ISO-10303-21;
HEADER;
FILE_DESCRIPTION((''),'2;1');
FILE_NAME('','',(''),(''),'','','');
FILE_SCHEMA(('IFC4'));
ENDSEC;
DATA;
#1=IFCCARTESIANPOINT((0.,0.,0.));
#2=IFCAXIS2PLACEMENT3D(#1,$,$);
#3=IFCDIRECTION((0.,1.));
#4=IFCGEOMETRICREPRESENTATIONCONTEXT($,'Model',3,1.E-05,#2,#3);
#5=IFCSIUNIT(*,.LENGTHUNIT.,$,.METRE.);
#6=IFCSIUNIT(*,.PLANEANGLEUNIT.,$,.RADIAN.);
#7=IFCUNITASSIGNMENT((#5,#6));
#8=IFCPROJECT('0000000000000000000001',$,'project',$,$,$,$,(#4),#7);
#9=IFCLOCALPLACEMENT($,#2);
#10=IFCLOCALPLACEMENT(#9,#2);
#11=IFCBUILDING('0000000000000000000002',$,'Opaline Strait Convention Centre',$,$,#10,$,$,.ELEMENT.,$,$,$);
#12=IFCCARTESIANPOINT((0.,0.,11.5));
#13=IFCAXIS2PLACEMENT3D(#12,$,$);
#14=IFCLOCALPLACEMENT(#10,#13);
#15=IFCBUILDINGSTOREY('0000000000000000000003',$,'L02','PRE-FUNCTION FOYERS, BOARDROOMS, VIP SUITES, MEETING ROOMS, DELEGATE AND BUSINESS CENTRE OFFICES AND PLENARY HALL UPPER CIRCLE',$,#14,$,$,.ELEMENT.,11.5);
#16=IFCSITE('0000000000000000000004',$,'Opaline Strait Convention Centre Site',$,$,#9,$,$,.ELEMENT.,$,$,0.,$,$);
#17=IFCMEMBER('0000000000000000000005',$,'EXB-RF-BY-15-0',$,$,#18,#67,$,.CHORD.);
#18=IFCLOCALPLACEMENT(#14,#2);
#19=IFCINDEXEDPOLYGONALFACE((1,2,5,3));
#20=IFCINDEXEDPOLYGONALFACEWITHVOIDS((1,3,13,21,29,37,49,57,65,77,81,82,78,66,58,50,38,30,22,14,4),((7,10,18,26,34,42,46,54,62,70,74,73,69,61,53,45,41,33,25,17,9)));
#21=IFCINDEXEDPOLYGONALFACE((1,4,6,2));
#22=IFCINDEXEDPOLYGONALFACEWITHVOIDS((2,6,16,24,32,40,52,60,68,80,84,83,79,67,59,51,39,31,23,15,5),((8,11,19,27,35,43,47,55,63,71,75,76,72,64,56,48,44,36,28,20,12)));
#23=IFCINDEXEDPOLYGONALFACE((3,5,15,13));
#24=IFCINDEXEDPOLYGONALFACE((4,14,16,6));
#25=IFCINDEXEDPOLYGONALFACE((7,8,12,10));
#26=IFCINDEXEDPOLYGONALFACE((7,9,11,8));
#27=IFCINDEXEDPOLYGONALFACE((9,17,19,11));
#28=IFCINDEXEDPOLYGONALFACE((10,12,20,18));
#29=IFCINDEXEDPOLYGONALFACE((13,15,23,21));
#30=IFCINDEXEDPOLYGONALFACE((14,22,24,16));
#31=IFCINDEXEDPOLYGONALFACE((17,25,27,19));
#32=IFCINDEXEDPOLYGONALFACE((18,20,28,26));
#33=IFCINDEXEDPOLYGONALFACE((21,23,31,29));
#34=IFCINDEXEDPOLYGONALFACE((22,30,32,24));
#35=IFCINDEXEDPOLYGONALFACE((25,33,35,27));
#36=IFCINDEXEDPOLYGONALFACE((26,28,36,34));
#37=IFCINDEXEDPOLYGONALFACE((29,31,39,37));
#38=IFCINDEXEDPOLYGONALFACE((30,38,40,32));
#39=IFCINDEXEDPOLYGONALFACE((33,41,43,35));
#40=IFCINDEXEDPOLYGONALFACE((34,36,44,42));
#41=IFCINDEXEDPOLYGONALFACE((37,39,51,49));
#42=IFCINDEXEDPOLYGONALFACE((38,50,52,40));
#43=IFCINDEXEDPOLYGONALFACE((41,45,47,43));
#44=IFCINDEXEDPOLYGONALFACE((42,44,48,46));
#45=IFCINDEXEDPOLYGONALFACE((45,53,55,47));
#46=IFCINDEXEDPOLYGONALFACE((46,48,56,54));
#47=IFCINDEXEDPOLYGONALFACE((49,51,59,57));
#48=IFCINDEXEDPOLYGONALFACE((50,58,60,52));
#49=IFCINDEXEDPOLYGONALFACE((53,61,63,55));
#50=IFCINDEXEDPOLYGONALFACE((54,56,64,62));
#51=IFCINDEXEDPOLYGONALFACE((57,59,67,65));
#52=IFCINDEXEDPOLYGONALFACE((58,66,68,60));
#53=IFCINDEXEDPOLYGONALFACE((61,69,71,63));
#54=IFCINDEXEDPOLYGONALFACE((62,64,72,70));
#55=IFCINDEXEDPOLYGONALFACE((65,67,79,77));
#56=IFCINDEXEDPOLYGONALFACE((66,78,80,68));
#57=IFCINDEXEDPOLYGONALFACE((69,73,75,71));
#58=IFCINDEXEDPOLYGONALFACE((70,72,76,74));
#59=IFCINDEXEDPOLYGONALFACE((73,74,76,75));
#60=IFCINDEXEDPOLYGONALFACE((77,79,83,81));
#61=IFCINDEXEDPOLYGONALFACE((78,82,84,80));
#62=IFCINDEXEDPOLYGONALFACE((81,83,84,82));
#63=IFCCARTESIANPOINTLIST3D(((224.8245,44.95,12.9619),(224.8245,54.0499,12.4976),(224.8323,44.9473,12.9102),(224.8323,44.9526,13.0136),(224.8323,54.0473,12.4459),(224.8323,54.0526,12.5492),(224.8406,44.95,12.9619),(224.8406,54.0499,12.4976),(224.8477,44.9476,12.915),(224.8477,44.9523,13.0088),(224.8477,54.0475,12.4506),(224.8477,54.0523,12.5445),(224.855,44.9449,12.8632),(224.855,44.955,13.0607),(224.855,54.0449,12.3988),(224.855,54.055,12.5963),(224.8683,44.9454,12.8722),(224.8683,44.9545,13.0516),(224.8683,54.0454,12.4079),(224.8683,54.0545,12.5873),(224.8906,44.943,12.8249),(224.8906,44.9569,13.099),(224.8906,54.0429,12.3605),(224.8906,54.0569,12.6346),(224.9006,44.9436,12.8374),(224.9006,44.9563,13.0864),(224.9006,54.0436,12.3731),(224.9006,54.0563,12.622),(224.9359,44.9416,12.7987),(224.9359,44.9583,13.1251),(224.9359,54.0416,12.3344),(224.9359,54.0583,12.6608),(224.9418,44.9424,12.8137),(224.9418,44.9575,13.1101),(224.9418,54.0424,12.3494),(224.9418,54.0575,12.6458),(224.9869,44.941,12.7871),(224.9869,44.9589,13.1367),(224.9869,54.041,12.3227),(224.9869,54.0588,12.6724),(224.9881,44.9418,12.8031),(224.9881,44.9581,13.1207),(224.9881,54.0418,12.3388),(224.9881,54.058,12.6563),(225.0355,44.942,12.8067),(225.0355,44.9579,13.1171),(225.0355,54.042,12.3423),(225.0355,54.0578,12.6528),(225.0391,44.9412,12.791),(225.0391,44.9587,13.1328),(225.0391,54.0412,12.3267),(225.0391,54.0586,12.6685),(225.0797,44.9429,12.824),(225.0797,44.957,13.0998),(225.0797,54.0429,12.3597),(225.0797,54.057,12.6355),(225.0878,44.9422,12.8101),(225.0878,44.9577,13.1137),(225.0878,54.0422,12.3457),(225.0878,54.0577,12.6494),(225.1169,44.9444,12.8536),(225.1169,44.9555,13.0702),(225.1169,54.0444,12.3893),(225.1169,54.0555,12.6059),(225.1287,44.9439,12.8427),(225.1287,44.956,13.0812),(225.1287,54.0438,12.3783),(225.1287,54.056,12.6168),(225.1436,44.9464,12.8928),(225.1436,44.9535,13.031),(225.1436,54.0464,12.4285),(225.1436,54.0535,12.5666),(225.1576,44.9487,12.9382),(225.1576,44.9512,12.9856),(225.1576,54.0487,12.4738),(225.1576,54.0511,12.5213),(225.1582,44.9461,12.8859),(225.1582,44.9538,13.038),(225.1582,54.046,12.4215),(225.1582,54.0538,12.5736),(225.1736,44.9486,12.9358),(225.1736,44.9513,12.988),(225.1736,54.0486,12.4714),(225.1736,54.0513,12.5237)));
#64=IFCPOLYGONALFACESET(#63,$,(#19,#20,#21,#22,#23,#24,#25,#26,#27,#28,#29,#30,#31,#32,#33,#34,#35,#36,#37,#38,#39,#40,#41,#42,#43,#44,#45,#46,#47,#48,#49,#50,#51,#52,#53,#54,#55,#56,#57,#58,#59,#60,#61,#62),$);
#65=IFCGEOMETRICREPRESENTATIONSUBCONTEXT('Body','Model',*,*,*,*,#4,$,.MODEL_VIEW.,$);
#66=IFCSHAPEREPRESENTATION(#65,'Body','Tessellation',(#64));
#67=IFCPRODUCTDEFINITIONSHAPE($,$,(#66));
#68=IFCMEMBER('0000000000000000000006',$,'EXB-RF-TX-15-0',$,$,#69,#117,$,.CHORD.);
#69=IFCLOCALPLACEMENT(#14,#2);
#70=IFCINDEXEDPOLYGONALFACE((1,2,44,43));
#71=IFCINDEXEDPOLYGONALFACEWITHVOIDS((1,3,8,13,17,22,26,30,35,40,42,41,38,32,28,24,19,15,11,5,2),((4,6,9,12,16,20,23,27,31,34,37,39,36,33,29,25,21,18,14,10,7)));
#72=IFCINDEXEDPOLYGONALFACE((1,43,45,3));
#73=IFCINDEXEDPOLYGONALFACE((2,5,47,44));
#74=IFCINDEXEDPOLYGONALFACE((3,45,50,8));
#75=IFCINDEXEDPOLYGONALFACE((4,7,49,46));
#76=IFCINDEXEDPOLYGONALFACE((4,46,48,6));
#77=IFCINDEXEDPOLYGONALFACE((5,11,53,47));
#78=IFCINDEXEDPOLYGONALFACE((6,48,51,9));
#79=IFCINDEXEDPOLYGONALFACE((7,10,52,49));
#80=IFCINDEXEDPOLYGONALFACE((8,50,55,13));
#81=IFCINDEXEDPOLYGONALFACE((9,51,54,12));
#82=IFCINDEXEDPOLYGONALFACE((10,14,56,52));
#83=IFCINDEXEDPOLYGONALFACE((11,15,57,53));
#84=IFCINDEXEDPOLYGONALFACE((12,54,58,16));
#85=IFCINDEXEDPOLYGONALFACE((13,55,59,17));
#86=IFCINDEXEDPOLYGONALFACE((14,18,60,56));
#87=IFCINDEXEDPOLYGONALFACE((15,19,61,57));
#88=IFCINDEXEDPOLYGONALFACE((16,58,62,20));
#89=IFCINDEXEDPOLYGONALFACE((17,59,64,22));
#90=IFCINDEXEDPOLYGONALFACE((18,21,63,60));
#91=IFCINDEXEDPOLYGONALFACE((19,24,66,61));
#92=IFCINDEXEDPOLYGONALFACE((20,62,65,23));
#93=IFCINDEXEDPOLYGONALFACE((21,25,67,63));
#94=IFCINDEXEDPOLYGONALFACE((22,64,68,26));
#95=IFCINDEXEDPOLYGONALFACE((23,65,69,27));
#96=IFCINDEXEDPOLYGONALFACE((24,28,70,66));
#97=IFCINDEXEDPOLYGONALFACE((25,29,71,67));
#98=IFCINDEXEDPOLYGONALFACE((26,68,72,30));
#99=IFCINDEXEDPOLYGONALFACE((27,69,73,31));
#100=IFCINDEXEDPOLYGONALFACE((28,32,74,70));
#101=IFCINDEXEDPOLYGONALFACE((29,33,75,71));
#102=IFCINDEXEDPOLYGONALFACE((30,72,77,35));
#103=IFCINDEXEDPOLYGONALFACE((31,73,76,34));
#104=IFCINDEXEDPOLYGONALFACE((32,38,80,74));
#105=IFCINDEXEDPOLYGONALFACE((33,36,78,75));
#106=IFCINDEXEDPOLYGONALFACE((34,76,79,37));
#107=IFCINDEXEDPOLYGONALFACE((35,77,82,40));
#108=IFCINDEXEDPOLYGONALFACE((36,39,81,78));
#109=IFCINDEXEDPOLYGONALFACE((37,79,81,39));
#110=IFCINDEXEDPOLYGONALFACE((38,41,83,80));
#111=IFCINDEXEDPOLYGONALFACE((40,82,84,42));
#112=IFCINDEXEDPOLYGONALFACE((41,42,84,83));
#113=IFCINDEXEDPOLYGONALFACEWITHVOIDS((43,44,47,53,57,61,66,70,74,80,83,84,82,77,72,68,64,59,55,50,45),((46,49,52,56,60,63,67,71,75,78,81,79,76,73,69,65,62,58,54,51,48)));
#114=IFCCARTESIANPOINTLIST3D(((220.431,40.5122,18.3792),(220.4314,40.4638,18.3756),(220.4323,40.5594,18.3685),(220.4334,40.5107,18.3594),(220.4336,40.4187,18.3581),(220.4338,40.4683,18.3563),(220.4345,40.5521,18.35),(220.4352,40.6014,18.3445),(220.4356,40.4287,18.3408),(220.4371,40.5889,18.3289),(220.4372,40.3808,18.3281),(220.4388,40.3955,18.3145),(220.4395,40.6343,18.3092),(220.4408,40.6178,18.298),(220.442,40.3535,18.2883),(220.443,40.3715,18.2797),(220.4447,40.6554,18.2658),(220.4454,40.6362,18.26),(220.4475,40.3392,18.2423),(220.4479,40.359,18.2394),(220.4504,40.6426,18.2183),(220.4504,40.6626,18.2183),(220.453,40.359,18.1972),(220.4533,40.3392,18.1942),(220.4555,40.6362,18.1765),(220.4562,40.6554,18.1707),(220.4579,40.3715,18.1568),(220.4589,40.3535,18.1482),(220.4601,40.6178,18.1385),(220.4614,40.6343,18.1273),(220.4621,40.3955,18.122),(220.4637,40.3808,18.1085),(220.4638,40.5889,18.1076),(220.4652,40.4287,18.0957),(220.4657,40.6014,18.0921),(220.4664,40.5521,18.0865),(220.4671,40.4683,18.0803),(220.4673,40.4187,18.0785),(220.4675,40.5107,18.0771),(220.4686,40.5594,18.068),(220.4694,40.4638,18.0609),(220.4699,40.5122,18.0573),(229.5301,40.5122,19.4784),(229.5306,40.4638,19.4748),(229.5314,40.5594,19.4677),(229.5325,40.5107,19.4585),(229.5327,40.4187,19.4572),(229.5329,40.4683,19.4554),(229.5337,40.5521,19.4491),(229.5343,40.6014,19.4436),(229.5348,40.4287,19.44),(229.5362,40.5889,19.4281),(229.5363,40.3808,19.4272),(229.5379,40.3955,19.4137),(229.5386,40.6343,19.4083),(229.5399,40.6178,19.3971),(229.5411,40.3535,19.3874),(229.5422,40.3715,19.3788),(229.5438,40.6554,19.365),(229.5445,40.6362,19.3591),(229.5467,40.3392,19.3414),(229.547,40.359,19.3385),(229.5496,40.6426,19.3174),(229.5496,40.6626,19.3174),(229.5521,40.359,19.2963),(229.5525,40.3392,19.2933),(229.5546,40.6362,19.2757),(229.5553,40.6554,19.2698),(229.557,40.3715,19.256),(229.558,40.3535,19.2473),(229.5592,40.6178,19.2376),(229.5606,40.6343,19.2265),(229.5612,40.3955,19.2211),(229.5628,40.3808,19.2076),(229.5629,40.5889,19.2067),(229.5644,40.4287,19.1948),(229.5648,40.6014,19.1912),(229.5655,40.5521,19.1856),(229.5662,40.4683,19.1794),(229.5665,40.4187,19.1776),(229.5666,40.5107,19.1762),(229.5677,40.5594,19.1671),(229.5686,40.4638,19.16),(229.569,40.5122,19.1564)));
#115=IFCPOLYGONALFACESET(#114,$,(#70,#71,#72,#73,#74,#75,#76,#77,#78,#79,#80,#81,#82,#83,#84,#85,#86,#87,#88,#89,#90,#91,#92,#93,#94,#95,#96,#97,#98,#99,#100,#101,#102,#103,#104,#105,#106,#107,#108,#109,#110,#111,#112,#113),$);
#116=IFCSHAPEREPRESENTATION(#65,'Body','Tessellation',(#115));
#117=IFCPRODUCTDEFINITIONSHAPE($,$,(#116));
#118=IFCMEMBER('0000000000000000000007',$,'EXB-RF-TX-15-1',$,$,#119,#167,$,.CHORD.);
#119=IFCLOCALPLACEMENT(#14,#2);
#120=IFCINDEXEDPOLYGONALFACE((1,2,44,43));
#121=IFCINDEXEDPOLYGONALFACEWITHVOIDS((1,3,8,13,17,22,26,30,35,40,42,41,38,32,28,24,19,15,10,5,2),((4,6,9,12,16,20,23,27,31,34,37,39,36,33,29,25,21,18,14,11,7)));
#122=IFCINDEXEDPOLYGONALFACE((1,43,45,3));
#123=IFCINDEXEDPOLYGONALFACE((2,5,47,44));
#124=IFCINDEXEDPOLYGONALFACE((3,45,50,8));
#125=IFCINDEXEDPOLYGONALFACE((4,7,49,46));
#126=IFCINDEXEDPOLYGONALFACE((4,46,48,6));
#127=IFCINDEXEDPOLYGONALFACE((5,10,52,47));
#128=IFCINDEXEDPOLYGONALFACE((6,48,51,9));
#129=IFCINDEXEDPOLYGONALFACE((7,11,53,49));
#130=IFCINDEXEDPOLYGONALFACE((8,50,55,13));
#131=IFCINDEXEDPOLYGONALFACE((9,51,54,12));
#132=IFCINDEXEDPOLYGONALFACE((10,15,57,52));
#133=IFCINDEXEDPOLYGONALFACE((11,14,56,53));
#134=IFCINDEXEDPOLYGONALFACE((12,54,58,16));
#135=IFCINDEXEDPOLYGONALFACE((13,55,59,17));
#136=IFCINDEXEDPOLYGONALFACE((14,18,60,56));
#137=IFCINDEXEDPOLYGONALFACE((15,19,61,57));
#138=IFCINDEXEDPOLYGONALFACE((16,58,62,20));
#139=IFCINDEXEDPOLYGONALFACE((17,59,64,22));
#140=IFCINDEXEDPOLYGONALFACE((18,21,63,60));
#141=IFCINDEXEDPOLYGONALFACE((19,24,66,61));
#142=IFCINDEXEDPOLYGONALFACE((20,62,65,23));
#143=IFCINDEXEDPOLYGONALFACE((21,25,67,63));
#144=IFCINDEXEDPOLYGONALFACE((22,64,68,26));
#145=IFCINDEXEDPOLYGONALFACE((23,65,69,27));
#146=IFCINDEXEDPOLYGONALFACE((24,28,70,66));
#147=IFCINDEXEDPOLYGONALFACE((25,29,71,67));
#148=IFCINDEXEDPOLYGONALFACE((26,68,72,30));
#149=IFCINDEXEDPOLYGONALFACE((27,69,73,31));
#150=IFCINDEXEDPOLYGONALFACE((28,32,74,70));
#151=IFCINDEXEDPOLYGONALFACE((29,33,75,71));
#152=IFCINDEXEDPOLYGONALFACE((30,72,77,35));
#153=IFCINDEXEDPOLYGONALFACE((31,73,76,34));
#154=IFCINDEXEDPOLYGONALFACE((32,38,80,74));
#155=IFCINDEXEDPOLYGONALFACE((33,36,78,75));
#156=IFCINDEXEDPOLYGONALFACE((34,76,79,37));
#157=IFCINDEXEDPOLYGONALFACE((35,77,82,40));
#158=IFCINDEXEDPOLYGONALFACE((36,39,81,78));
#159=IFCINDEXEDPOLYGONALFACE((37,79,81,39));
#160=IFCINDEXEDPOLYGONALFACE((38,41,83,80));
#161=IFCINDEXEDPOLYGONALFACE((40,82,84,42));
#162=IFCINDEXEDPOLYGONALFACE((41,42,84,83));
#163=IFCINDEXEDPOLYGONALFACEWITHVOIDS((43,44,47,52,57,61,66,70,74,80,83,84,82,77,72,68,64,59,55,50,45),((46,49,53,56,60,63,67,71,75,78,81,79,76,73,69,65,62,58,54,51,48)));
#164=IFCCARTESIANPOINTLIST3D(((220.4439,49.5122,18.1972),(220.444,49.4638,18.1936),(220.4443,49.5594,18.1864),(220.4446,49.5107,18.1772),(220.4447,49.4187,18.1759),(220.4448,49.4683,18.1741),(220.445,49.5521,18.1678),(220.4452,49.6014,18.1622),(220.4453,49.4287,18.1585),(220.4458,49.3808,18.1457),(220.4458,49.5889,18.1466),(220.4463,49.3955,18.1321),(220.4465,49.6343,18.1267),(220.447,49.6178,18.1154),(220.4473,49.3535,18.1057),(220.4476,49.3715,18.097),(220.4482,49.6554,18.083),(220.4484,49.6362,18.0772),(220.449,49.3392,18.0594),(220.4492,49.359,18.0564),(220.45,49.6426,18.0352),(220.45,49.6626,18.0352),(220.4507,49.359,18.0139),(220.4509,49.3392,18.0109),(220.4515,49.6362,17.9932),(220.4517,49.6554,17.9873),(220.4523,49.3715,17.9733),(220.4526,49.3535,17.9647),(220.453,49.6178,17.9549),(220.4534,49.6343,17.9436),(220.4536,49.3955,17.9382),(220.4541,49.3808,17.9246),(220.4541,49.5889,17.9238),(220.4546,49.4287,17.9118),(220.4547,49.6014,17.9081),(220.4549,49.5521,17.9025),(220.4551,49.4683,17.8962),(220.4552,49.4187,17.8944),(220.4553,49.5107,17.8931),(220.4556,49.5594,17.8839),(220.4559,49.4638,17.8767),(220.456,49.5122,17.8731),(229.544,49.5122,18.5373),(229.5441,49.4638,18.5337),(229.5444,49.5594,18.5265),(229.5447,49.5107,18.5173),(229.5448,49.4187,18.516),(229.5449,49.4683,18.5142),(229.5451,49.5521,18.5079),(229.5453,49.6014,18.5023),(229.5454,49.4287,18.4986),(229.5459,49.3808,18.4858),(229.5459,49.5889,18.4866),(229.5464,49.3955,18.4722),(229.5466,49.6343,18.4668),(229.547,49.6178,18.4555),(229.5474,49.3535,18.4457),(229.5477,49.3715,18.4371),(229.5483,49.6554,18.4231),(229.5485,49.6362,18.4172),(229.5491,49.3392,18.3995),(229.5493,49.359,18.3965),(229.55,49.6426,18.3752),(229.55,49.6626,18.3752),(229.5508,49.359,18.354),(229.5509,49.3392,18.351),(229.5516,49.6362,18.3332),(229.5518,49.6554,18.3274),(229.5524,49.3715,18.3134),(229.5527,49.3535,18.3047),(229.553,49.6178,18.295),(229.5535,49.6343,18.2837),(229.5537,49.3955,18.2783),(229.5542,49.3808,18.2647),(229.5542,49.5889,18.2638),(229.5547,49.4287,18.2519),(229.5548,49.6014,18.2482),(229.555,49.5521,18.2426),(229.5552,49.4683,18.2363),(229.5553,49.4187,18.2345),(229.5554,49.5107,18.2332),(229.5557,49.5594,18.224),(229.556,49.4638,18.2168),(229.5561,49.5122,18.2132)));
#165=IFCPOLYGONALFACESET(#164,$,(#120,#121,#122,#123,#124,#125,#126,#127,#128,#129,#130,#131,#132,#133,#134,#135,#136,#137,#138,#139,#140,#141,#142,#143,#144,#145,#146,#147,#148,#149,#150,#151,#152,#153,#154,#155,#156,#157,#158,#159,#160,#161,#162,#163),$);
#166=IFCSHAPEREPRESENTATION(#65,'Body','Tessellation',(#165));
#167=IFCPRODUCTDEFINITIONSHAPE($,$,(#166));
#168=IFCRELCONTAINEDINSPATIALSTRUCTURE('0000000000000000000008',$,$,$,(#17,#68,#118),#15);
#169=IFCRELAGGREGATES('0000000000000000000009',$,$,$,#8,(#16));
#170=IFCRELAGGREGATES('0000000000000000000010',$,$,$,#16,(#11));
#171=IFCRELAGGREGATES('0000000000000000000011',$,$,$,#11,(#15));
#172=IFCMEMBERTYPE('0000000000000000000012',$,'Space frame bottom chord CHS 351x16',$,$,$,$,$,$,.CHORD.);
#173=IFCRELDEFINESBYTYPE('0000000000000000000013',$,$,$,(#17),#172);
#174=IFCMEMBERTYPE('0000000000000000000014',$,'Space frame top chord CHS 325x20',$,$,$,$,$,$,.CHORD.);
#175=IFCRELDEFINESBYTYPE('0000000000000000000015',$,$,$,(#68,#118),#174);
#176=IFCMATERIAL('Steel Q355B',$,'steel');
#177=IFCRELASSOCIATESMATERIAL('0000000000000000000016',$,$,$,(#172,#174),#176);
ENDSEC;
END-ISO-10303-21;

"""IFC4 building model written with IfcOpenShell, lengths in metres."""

from ifc_helpers import new_model, si_unit, direction, frame, origin, origin_2d, place, context, subcontext, project, spatial, hollow_circle, extrude, material, material_profile, profile_set, type_object, element, save


model = new_model("IFC4")

# Units and contexts
model_context = context("Model", 3, precision=1e-05, world=origin(), true_north=direction((0.0, 1.0)))
body_context = subcontext(model_context, "Body", "Model", "MODEL_VIEW")
ifc_project = project(units=[si_unit("LENGTHUNIT", "METRE"), si_unit("PLANEANGLEUNIT", "RADIAN")], contexts=[model_context])

# Site, building, storey
site_placement = place(None, origin())
site = spatial("IfcSite", under=ifc_project, at=site_placement, Name="Opaline Strait Convention Centre Site", CompositionType="ELEMENT", RefElevation=0.0)
building_placement = place(site_placement, origin())
building = spatial("IfcBuilding", under=site, at=building_placement, Name="Opaline Strait Convention Centre", CompositionType="ELEMENT")
storey_placement = place(building_placement, frame((0.0, 0.0, 11.5)))
storey = spatial("IfcBuildingStorey", under=building, at=storey_placement, Name="L02", Description="PRE-FUNCTION FOYERS, BOARDROOMS, VIP SUITES, MEETING ROOMS, DELEGATE AND BUSINESS CENTRE OFFICES AND PLENARY HALL UPPER CIRCLE", CompositionType="ELEMENT", Elevation=11.5)

# Members
ifc_material_1 = material(Name="Steel Q355B", Category="steel")
ifc_material_profile_1 = material_profile(ifc_material_1, hollow_circle(Radius=0.1755, WallThickness=0.0161, at=origin_2d()), Name="CHS 351x16")
ifc_profile_set_1 = profile_set([ifc_material_profile_1], Name="Steel Q355B")
member_type_1 = type_object("IfcMemberType", Name="Space frame bottom chord CHS 351x16", PredefinedType="CHORD", material=ifc_profile_set_1)
member_1_placement = place(storey_placement, frame((225.0, 44.95, 12.9619), z_axis=(0.0, 0.998701, -0.050961), x_axis=(-1.0, 0.0, 0.0)))
element("IfcMember", 1, at=member_1_placement, inside=storey, type_object=member_type_1, Name="EXB-RF-BY-15-0", PredefinedType="CHORD", context=body_context, shape_type="SweptSolid", body=[
    extrude(hollow_circle(Radius=0.1755, WallThickness=0.0161, at=origin_2d()), origin(), (0.0, 0.0, 1.0), 9.1118),
])
ifc_material_profile_2 = material_profile(ifc_material_1, hollow_circle(Radius=0.1626, WallThickness=0.02, at=origin_2d()), Name="CHS 325x20")
ifc_profile_set_2 = profile_set([ifc_material_profile_2], Name="Steel Q355B")
member_type_2 = type_object("IfcMemberType", Name="Space frame top chord CHS 325x20", PredefinedType="CHORD", material=ifc_profile_set_2)
member_2_placement = place(storey_placement, frame((220.4504, 40.5, 18.2183), z_axis=(0.992783, 0.0, 0.119922), x_axis=(0.0, 1.0, 0.0)))
element("IfcMember", 2, at=member_2_placement, inside=storey, type_object=member_type_2, Name="EXB-RF-TX-15-0", PredefinedType="CHORD", context=body_context, shape_type="SweptSolid", body=[
    extrude(hollow_circle(Radius=0.1626, WallThickness=0.02, at=origin_2d()), origin(), (0.0, 0.0, 1.0), 9.1653),
])
member_3_placement = place(storey_placement, frame((220.45, 49.5, 18.0352), z_axis=(0.999302, 0.0, 0.037346), x_axis=(0.0, 1.0, 0.0)))
element("IfcMember", 3, at=member_3_placement, inside=storey, type_object=member_type_2, Name="EXB-RF-TX-15-1", PredefinedType="CHORD", context=body_context, shape_type="SweptSolid", body=[
    extrude(hollow_circle(Radius=0.1626, WallThickness=0.02, at=origin_2d()), origin(), (0.0, 0.0, 1.0), 9.1064),
])

save(model, "model.ifc")
